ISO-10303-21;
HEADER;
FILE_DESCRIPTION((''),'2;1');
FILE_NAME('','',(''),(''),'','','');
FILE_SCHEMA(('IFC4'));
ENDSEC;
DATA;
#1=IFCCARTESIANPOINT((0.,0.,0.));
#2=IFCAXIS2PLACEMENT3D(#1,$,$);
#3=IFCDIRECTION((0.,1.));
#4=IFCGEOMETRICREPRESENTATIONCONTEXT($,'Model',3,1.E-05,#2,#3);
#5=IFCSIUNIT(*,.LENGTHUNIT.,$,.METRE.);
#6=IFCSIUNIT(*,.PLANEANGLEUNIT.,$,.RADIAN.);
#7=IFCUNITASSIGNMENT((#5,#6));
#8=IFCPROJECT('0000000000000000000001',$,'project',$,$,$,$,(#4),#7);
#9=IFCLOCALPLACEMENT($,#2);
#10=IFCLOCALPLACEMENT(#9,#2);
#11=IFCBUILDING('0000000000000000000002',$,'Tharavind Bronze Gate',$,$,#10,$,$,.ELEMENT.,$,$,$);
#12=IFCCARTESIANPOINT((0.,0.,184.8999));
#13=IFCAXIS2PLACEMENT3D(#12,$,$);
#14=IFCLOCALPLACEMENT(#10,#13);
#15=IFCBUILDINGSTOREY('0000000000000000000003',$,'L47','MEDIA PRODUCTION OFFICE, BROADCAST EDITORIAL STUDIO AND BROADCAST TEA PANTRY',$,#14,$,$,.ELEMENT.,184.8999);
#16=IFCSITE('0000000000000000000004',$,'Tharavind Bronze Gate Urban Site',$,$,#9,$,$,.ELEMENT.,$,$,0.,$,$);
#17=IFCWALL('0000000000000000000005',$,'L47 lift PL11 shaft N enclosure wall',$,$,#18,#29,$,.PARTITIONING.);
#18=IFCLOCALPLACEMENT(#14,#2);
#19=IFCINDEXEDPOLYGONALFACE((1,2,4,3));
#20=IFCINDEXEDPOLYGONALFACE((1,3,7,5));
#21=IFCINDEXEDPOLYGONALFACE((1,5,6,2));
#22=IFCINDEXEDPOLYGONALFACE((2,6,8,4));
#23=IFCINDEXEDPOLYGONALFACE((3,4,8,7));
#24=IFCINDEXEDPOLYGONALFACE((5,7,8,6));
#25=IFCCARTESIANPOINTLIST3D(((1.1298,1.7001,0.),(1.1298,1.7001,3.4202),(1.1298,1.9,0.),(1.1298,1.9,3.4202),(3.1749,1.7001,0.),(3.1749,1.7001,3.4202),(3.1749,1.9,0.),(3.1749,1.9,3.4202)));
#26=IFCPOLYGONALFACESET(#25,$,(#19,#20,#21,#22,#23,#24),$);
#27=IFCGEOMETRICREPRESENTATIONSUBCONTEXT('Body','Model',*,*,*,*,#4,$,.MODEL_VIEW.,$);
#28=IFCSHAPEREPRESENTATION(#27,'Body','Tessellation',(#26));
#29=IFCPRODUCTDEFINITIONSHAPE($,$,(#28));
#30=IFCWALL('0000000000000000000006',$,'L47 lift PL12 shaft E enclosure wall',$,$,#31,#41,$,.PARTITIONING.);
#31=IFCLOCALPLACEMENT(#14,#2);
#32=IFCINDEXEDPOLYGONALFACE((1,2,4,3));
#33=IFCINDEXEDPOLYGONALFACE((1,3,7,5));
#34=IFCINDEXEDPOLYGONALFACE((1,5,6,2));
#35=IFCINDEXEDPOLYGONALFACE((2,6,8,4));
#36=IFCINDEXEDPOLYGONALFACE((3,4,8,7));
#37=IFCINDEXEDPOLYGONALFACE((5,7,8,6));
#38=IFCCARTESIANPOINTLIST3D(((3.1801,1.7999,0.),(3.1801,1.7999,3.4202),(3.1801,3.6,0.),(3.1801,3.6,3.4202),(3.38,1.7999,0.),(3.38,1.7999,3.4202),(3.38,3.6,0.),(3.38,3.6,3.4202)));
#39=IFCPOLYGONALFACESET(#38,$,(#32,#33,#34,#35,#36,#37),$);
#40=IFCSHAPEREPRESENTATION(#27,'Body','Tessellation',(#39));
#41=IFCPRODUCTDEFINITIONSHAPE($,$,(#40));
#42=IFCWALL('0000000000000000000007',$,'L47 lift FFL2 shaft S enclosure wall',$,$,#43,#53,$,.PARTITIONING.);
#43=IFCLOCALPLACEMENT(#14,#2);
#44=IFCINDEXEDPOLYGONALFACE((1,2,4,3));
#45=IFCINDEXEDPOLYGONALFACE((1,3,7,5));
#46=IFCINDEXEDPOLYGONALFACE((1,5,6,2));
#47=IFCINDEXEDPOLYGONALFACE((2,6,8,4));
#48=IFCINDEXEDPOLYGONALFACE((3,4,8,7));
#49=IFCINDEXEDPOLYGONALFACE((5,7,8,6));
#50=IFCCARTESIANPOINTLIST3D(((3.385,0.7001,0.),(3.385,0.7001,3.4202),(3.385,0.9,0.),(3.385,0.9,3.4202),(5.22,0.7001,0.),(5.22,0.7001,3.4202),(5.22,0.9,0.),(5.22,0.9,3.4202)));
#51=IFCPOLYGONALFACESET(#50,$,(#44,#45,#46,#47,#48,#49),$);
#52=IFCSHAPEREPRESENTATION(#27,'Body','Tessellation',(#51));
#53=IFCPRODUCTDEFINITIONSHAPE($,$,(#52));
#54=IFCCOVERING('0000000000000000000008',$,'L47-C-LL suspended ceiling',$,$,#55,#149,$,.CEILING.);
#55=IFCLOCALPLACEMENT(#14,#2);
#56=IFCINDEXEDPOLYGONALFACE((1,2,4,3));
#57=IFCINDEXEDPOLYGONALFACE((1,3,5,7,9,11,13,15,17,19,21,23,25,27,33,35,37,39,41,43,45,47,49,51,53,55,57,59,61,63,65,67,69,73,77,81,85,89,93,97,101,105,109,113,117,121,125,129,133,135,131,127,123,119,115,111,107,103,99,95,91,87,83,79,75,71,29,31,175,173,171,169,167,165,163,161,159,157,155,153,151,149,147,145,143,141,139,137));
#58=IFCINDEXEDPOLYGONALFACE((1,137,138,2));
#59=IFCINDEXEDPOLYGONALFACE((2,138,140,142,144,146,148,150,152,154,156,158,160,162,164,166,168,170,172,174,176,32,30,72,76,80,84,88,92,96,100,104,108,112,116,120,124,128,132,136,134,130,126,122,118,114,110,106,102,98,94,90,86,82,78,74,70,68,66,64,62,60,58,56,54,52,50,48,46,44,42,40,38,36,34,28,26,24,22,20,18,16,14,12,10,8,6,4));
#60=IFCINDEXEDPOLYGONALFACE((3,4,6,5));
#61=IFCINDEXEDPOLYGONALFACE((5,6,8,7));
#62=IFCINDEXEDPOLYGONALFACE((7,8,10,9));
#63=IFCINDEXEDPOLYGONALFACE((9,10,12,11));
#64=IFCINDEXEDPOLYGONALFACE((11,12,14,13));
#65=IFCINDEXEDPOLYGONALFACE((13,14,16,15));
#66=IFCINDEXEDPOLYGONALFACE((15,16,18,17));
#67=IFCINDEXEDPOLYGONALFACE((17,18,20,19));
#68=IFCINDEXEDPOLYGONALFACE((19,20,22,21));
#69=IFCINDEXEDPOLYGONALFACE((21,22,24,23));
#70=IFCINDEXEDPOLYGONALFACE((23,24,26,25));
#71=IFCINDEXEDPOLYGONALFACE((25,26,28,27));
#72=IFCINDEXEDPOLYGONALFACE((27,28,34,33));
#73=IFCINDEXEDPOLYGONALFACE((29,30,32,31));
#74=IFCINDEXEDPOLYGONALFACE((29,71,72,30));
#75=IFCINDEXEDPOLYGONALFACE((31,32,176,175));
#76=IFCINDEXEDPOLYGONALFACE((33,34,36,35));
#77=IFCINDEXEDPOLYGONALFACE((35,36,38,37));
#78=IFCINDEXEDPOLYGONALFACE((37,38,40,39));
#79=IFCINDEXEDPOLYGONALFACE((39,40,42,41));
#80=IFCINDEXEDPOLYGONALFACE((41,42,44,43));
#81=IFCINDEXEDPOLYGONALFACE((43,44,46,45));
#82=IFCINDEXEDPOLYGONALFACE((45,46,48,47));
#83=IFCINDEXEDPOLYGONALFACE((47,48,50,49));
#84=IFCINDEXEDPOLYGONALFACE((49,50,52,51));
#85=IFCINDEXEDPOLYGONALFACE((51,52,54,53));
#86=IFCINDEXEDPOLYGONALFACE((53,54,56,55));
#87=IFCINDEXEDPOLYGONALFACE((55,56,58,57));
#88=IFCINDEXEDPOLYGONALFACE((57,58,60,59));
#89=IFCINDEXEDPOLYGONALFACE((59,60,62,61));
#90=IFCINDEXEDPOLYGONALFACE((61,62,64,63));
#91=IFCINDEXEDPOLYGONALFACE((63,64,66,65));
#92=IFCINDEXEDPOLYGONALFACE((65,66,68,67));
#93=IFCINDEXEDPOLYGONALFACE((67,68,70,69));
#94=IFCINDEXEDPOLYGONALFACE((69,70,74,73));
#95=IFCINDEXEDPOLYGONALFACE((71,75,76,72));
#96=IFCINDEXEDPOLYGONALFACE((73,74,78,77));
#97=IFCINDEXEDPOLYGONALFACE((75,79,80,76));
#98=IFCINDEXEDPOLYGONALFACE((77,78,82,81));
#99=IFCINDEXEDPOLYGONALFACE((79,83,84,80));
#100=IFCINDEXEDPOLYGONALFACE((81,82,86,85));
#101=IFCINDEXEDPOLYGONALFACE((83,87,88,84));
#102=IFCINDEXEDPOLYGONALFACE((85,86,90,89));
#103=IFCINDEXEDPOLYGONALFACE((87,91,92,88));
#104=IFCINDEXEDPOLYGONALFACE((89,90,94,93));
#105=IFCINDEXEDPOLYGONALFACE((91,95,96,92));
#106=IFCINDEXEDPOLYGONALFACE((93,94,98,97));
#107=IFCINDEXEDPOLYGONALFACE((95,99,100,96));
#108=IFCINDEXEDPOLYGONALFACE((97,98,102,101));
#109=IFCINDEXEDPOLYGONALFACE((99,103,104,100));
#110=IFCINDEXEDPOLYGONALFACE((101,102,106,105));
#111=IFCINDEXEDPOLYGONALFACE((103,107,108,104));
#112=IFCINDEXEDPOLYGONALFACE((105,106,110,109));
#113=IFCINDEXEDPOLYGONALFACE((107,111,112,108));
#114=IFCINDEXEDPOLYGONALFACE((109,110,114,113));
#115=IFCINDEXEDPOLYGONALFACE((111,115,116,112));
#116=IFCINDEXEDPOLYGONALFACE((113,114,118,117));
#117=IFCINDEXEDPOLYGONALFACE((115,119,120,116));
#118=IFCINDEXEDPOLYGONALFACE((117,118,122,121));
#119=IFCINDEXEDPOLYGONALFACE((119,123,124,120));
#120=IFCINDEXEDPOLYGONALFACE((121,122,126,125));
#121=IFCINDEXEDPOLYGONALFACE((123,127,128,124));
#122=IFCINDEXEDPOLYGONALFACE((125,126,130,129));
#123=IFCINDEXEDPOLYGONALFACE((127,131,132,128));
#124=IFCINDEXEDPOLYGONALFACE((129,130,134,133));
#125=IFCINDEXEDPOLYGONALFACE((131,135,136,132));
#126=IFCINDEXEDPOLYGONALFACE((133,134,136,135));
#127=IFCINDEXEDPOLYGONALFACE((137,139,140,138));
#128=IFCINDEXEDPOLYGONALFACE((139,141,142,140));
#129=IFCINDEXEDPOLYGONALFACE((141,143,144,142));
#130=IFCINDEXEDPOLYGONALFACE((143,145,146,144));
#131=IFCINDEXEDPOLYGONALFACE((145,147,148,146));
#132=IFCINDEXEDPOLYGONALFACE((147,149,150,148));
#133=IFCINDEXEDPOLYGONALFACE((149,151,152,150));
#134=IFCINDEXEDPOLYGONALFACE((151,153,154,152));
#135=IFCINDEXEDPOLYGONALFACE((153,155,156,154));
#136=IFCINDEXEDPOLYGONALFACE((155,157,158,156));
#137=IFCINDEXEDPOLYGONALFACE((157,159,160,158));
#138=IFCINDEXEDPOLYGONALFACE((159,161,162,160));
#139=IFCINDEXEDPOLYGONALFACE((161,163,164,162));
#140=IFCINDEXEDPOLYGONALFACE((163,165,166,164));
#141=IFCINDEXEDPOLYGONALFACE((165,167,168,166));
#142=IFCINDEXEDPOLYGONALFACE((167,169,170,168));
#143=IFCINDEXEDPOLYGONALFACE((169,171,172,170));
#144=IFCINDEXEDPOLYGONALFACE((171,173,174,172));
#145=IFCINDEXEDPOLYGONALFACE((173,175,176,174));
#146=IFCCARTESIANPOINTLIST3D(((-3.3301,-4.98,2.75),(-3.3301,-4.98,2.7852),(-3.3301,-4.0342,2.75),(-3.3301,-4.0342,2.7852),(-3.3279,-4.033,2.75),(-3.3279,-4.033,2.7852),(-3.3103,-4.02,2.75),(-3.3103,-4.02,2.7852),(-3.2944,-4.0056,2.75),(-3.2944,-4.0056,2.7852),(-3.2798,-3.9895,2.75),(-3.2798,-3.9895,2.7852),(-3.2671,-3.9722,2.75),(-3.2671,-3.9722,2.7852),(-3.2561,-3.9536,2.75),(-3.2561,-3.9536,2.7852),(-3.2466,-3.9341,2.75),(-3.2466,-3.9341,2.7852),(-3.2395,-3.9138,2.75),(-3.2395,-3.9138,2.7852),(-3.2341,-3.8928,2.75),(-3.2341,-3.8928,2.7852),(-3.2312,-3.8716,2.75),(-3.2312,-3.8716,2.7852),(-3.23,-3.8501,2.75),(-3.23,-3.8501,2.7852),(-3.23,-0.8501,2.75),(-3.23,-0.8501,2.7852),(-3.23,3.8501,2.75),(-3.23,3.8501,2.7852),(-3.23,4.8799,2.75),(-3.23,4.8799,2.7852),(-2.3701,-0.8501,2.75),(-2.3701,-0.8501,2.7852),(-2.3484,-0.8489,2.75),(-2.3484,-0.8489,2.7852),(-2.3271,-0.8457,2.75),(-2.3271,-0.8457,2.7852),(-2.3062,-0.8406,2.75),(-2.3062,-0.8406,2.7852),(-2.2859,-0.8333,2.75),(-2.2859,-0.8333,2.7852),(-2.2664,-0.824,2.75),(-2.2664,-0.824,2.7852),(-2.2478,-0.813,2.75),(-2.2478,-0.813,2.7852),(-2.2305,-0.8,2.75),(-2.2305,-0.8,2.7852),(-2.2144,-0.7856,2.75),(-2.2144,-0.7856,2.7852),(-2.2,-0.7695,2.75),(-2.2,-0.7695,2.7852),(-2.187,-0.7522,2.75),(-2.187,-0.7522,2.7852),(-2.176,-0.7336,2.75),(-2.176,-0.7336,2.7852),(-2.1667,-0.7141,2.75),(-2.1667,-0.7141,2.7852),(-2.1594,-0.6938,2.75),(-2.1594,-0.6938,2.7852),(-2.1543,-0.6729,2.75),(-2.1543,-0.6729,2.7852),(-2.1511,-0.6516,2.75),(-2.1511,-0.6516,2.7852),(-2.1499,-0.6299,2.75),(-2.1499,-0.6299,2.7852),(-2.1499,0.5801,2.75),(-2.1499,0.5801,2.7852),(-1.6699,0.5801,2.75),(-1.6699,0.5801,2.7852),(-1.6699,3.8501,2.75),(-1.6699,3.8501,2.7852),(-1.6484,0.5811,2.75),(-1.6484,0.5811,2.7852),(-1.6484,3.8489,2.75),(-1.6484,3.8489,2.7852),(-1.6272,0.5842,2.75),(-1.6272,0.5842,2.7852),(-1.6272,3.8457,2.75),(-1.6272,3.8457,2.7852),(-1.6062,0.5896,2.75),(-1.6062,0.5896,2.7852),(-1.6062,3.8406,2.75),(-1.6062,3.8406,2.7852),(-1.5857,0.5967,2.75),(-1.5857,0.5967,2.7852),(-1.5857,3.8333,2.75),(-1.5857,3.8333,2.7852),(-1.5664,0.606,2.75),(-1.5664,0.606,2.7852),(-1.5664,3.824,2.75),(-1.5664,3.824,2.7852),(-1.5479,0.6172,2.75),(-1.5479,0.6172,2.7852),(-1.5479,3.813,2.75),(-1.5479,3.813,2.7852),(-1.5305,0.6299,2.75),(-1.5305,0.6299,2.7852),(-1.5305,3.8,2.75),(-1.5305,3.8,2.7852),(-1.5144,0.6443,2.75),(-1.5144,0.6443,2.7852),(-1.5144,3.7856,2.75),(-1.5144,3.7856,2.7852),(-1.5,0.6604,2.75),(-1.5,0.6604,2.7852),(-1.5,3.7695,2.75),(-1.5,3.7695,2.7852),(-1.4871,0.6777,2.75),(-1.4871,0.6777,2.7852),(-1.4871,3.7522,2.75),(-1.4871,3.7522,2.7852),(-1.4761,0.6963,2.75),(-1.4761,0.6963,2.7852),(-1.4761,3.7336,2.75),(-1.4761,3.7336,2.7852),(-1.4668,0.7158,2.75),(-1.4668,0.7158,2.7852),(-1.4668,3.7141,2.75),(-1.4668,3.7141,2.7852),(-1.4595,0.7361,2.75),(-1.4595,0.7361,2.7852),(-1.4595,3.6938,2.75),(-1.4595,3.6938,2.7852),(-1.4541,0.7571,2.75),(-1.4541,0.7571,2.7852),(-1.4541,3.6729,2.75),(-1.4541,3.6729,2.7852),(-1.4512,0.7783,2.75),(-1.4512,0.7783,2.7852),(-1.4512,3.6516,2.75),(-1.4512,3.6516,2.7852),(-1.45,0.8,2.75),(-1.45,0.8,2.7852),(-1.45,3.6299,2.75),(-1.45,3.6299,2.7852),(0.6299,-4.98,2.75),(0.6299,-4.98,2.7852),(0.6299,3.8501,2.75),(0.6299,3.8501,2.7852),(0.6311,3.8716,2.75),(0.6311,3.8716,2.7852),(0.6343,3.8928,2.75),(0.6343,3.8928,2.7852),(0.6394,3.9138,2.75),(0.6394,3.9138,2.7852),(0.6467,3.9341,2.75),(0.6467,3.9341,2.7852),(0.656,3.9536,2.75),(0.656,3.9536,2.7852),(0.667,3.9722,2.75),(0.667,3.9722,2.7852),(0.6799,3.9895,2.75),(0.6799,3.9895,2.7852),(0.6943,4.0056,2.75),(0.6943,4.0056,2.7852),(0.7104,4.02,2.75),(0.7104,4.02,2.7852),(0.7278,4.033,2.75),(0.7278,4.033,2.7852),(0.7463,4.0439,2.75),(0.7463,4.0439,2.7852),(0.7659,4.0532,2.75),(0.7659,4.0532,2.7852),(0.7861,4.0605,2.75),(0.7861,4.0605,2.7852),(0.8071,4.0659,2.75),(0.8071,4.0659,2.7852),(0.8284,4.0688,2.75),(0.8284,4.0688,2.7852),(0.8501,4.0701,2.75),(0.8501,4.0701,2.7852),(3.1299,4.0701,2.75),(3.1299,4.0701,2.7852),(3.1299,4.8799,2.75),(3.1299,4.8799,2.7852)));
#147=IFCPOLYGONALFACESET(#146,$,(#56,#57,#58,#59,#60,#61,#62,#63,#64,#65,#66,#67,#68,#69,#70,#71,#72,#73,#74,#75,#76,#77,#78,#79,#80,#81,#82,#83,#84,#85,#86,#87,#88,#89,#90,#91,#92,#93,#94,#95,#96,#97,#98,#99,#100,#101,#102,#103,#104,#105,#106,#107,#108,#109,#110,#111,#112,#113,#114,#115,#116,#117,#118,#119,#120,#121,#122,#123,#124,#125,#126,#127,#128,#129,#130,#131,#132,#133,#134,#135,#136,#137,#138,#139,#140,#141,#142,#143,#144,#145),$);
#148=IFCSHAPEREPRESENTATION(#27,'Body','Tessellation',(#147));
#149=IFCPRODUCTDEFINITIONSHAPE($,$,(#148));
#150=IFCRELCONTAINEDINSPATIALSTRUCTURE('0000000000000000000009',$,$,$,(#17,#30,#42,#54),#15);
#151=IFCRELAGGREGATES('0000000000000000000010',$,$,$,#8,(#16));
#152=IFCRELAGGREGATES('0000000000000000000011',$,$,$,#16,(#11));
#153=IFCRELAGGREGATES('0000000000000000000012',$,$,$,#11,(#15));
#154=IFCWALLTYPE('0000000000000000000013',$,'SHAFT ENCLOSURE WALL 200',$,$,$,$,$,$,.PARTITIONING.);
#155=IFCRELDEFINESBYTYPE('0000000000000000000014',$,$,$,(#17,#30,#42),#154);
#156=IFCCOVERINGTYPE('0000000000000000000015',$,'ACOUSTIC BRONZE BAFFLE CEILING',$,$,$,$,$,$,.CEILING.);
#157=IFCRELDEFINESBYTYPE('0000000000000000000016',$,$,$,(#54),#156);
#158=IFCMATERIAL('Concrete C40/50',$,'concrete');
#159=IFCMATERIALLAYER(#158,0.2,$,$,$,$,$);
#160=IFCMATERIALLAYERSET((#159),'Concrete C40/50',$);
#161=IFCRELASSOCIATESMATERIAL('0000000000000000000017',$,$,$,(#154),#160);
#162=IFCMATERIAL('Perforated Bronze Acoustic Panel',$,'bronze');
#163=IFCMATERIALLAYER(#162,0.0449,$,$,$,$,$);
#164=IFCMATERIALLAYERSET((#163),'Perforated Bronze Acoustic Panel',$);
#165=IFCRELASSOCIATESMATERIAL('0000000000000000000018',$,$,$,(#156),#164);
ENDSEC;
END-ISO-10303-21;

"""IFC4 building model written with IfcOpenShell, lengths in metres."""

from ifc_helpers import new_model, si_unit, direction, frame, frame_2d, origin, place, context, subcontext, project, spatial, polyline, rectangle, outline, extrude, material, layer, layer_set, type_object, element, save


model = new_model("IFC4")

# Units and contexts
model_context = context("Model", 3, precision=1e-05, world=origin(), true_north=direction((0.0, 1.0)))
body_context = subcontext(model_context, "Body", "Model", "MODEL_VIEW")
ifc_project = project(units=[si_unit("LENGTHUNIT", "METRE"), si_unit("PLANEANGLEUNIT", "RADIAN")], contexts=[model_context])

# Site, building, storey
site_placement = place(None, origin())
site = spatial("IfcSite", under=ifc_project, at=site_placement, Name="Tharavind Bronze Gate Urban Site", CompositionType="ELEMENT", RefElevation=0.0)
building_placement = place(site_placement, origin())
building = spatial("IfcBuilding", under=site, at=building_placement, Name="Tharavind Bronze Gate", CompositionType="ELEMENT")
storey_placement = place(building_placement, frame((0.0, 0.0, 184.8999)))
storey = spatial("IfcBuildingStorey", under=building, at=storey_placement, Name="L47", Description="MEDIA PRODUCTION OFFICE, BROADCAST EDITORIAL STUDIO AND BROADCAST TEA PANTRY", CompositionType="ELEMENT", Elevation=184.8999)

# Shared definitions
ifc_material_1 = material(Name="Concrete C40/50", Category="concrete")

# Walls
ifc_layer_1 = layer(ifc_material_1, 0.2)
ifc_layer_set_1 = layer_set([ifc_layer_1], Name="Concrete C40/50")
wall_type_1 = type_object("IfcWallType", Name="SHAFT ENCLOSURE WALL 200", PredefinedType="PARTITIONING", material=ifc_layer_set_1)
wall_1_placement = place(storey_placement, frame((1.1299, 1.8, 0.0), z_axis=(0.0, 0.0, 1.0), x_axis=(1.0, 0.0, 0.0)))
element("IfcWall", 1, at=wall_1_placement, inside=storey, type_object=wall_type_1, Name="L47 lift PL11 shaft N enclosure wall", PredefinedType="PARTITIONING", context=body_context, shape_type="SweptSolid", body=[
    extrude(rectangle(XDim=2.0452, YDim=0.2, at=frame_2d((1.0225, 0.0))), origin(), (0.0, 0.0, 1.0), 3.4202),
])
wall_2_placement = place(storey_placement, frame((3.28, 1.8, 0.0), z_axis=(0.0, 0.0, 1.0), x_axis=(0.0, 1.0, 0.0)))
element("IfcWall", 2, at=wall_2_placement, inside=storey, type_object=wall_type_1, Name="L47 lift PL12 shaft E enclosure wall", PredefinedType="PARTITIONING", context=body_context, shape_type="SweptSolid", body=[
    extrude(rectangle(XDim=1.8, YDim=0.2, at=frame_2d((0.8999, 0.0))), origin(), (0.0, 0.0, 1.0), 3.4202),
])
wall_3_placement = place(storey_placement, frame((3.385, 0.8, 0.0), z_axis=(0.0, 0.0, 1.0), x_axis=(1.0, 0.0, 0.0)))
element("IfcWall", 3, at=wall_3_placement, inside=storey, type_object=wall_type_1, Name="L47 lift FFL2 shaft S enclosure wall", PredefinedType="PARTITIONING", context=body_context, shape_type="SweptSolid", body=[
    extrude(rectangle(XDim=1.835, YDim=0.2, at=frame_2d((0.9175, 0.0))), origin(), (0.0, 0.0, 1.0), 3.4202),
])

# Covering
ifc_material_2 = material(Name="Perforated Bronze Acoustic Panel", Category="bronze")
ifc_layer_2 = layer(ifc_material_2, 0.0449)
ifc_layer_set_2 = layer_set([ifc_layer_2], Name="Perforated Bronze Acoustic Panel")
covering_type_1 = type_object("IfcCoveringType", Name="ACOUSTIC BRONZE BAFFLE CEILING", PredefinedType="CEILING", material=ifc_layer_set_2)
covering_1_placement = place(storey_placement, frame((0.0, 0.0, 2.75)))
element("IfcCovering", 4, at=covering_1_placement, inside=storey, type_object=covering_type_1, Name="L47-C-LL suspended ceiling", PredefinedType="CEILING", context=body_context, shape_type="SweptSolid", body=[
    extrude(outline(polyline([(-3.3301, -4.98), (0.6299, -4.98), (0.6299, 3.8501), (0.6311, 3.8716), (0.6343, 3.8928), (0.6394, 3.9138), (0.6467, 3.9341), (0.656, 3.9536), (0.667, 3.9722), (0.6799, 3.9895), (0.6943, 4.0056), (0.7104, 4.02), (0.7278, 4.033), (0.7463, 4.0439), (0.7659, 4.0532), (0.7861, 4.0605), (0.8071, 4.0659), (0.8284, 4.0688), (0.8501, 4.0701), (3.1299, 4.0701), (3.1299, 4.8799), (-3.23, 4.8799), (-3.23, 3.8501), (-1.6699, 3.8501), (-1.6484, 3.8489), (-1.6272, 3.8457), (-1.6062, 3.8406), (-1.5857, 3.8333), (-1.5664, 3.824), (-1.5479, 3.813), (-1.5305, 3.8), (-1.5144, 3.7856), (-1.5, 3.7695), (-1.4871, 3.7522), (-1.4761, 3.7336), (-1.4668, 3.7141), (-1.4595, 3.6938), (-1.4541, 3.6729), (-1.4512, 3.6516), (-1.45, 3.6299), (-1.45, 0.8), (-1.4512, 0.7783), (-1.4541, 0.7571), (-1.4595, 0.7361), (-1.4668, 0.7158), (-1.4761, 0.6963), (-1.4871, 0.6777), (-1.5, 0.6604), (-1.5144, 0.6443), (-1.5305, 0.6299), (-1.5479, 0.6172), (-1.5664, 0.606), (-1.5857, 0.5967), (-1.6062, 0.5896), (-1.6272, 0.5842), (-1.6484, 0.5811), (-1.6699, 0.5801), (-2.1499, 0.5801), (-2.1499, -0.6299), (-2.1511, -0.6516), (-2.1543, -0.6729), (-2.1594, -0.6938), (-2.1667, -0.7141), (-2.176, -0.7336), (-2.187, -0.7522), (-2.2, -0.7695), (-2.2144, -0.7856), (-2.2305, -0.8), (-2.2478, -0.813), (-2.2664, -0.824), (-2.2859, -0.8333), (-2.3062, -0.8406), (-2.3271, -0.8457), (-2.3484, -0.8489), (-2.3701, -0.8501), (-3.23, -0.8501), (-3.23, -3.8501), (-3.2312, -3.8716), (-3.2341, -3.8928), (-3.2395, -3.9138), (-3.2466, -3.9341), (-3.2561, -3.9536), (-3.2671, -3.9722), (-3.2798, -3.9895), (-3.2944, -4.0056), (-3.3103, -4.02), (-3.3279, -4.033), (-3.3301, -4.0342), (-3.3301, -4.98)])), origin(), (0.0, 0.0, 1.0), 0.0352),
])

save(model, "model.ifc")
